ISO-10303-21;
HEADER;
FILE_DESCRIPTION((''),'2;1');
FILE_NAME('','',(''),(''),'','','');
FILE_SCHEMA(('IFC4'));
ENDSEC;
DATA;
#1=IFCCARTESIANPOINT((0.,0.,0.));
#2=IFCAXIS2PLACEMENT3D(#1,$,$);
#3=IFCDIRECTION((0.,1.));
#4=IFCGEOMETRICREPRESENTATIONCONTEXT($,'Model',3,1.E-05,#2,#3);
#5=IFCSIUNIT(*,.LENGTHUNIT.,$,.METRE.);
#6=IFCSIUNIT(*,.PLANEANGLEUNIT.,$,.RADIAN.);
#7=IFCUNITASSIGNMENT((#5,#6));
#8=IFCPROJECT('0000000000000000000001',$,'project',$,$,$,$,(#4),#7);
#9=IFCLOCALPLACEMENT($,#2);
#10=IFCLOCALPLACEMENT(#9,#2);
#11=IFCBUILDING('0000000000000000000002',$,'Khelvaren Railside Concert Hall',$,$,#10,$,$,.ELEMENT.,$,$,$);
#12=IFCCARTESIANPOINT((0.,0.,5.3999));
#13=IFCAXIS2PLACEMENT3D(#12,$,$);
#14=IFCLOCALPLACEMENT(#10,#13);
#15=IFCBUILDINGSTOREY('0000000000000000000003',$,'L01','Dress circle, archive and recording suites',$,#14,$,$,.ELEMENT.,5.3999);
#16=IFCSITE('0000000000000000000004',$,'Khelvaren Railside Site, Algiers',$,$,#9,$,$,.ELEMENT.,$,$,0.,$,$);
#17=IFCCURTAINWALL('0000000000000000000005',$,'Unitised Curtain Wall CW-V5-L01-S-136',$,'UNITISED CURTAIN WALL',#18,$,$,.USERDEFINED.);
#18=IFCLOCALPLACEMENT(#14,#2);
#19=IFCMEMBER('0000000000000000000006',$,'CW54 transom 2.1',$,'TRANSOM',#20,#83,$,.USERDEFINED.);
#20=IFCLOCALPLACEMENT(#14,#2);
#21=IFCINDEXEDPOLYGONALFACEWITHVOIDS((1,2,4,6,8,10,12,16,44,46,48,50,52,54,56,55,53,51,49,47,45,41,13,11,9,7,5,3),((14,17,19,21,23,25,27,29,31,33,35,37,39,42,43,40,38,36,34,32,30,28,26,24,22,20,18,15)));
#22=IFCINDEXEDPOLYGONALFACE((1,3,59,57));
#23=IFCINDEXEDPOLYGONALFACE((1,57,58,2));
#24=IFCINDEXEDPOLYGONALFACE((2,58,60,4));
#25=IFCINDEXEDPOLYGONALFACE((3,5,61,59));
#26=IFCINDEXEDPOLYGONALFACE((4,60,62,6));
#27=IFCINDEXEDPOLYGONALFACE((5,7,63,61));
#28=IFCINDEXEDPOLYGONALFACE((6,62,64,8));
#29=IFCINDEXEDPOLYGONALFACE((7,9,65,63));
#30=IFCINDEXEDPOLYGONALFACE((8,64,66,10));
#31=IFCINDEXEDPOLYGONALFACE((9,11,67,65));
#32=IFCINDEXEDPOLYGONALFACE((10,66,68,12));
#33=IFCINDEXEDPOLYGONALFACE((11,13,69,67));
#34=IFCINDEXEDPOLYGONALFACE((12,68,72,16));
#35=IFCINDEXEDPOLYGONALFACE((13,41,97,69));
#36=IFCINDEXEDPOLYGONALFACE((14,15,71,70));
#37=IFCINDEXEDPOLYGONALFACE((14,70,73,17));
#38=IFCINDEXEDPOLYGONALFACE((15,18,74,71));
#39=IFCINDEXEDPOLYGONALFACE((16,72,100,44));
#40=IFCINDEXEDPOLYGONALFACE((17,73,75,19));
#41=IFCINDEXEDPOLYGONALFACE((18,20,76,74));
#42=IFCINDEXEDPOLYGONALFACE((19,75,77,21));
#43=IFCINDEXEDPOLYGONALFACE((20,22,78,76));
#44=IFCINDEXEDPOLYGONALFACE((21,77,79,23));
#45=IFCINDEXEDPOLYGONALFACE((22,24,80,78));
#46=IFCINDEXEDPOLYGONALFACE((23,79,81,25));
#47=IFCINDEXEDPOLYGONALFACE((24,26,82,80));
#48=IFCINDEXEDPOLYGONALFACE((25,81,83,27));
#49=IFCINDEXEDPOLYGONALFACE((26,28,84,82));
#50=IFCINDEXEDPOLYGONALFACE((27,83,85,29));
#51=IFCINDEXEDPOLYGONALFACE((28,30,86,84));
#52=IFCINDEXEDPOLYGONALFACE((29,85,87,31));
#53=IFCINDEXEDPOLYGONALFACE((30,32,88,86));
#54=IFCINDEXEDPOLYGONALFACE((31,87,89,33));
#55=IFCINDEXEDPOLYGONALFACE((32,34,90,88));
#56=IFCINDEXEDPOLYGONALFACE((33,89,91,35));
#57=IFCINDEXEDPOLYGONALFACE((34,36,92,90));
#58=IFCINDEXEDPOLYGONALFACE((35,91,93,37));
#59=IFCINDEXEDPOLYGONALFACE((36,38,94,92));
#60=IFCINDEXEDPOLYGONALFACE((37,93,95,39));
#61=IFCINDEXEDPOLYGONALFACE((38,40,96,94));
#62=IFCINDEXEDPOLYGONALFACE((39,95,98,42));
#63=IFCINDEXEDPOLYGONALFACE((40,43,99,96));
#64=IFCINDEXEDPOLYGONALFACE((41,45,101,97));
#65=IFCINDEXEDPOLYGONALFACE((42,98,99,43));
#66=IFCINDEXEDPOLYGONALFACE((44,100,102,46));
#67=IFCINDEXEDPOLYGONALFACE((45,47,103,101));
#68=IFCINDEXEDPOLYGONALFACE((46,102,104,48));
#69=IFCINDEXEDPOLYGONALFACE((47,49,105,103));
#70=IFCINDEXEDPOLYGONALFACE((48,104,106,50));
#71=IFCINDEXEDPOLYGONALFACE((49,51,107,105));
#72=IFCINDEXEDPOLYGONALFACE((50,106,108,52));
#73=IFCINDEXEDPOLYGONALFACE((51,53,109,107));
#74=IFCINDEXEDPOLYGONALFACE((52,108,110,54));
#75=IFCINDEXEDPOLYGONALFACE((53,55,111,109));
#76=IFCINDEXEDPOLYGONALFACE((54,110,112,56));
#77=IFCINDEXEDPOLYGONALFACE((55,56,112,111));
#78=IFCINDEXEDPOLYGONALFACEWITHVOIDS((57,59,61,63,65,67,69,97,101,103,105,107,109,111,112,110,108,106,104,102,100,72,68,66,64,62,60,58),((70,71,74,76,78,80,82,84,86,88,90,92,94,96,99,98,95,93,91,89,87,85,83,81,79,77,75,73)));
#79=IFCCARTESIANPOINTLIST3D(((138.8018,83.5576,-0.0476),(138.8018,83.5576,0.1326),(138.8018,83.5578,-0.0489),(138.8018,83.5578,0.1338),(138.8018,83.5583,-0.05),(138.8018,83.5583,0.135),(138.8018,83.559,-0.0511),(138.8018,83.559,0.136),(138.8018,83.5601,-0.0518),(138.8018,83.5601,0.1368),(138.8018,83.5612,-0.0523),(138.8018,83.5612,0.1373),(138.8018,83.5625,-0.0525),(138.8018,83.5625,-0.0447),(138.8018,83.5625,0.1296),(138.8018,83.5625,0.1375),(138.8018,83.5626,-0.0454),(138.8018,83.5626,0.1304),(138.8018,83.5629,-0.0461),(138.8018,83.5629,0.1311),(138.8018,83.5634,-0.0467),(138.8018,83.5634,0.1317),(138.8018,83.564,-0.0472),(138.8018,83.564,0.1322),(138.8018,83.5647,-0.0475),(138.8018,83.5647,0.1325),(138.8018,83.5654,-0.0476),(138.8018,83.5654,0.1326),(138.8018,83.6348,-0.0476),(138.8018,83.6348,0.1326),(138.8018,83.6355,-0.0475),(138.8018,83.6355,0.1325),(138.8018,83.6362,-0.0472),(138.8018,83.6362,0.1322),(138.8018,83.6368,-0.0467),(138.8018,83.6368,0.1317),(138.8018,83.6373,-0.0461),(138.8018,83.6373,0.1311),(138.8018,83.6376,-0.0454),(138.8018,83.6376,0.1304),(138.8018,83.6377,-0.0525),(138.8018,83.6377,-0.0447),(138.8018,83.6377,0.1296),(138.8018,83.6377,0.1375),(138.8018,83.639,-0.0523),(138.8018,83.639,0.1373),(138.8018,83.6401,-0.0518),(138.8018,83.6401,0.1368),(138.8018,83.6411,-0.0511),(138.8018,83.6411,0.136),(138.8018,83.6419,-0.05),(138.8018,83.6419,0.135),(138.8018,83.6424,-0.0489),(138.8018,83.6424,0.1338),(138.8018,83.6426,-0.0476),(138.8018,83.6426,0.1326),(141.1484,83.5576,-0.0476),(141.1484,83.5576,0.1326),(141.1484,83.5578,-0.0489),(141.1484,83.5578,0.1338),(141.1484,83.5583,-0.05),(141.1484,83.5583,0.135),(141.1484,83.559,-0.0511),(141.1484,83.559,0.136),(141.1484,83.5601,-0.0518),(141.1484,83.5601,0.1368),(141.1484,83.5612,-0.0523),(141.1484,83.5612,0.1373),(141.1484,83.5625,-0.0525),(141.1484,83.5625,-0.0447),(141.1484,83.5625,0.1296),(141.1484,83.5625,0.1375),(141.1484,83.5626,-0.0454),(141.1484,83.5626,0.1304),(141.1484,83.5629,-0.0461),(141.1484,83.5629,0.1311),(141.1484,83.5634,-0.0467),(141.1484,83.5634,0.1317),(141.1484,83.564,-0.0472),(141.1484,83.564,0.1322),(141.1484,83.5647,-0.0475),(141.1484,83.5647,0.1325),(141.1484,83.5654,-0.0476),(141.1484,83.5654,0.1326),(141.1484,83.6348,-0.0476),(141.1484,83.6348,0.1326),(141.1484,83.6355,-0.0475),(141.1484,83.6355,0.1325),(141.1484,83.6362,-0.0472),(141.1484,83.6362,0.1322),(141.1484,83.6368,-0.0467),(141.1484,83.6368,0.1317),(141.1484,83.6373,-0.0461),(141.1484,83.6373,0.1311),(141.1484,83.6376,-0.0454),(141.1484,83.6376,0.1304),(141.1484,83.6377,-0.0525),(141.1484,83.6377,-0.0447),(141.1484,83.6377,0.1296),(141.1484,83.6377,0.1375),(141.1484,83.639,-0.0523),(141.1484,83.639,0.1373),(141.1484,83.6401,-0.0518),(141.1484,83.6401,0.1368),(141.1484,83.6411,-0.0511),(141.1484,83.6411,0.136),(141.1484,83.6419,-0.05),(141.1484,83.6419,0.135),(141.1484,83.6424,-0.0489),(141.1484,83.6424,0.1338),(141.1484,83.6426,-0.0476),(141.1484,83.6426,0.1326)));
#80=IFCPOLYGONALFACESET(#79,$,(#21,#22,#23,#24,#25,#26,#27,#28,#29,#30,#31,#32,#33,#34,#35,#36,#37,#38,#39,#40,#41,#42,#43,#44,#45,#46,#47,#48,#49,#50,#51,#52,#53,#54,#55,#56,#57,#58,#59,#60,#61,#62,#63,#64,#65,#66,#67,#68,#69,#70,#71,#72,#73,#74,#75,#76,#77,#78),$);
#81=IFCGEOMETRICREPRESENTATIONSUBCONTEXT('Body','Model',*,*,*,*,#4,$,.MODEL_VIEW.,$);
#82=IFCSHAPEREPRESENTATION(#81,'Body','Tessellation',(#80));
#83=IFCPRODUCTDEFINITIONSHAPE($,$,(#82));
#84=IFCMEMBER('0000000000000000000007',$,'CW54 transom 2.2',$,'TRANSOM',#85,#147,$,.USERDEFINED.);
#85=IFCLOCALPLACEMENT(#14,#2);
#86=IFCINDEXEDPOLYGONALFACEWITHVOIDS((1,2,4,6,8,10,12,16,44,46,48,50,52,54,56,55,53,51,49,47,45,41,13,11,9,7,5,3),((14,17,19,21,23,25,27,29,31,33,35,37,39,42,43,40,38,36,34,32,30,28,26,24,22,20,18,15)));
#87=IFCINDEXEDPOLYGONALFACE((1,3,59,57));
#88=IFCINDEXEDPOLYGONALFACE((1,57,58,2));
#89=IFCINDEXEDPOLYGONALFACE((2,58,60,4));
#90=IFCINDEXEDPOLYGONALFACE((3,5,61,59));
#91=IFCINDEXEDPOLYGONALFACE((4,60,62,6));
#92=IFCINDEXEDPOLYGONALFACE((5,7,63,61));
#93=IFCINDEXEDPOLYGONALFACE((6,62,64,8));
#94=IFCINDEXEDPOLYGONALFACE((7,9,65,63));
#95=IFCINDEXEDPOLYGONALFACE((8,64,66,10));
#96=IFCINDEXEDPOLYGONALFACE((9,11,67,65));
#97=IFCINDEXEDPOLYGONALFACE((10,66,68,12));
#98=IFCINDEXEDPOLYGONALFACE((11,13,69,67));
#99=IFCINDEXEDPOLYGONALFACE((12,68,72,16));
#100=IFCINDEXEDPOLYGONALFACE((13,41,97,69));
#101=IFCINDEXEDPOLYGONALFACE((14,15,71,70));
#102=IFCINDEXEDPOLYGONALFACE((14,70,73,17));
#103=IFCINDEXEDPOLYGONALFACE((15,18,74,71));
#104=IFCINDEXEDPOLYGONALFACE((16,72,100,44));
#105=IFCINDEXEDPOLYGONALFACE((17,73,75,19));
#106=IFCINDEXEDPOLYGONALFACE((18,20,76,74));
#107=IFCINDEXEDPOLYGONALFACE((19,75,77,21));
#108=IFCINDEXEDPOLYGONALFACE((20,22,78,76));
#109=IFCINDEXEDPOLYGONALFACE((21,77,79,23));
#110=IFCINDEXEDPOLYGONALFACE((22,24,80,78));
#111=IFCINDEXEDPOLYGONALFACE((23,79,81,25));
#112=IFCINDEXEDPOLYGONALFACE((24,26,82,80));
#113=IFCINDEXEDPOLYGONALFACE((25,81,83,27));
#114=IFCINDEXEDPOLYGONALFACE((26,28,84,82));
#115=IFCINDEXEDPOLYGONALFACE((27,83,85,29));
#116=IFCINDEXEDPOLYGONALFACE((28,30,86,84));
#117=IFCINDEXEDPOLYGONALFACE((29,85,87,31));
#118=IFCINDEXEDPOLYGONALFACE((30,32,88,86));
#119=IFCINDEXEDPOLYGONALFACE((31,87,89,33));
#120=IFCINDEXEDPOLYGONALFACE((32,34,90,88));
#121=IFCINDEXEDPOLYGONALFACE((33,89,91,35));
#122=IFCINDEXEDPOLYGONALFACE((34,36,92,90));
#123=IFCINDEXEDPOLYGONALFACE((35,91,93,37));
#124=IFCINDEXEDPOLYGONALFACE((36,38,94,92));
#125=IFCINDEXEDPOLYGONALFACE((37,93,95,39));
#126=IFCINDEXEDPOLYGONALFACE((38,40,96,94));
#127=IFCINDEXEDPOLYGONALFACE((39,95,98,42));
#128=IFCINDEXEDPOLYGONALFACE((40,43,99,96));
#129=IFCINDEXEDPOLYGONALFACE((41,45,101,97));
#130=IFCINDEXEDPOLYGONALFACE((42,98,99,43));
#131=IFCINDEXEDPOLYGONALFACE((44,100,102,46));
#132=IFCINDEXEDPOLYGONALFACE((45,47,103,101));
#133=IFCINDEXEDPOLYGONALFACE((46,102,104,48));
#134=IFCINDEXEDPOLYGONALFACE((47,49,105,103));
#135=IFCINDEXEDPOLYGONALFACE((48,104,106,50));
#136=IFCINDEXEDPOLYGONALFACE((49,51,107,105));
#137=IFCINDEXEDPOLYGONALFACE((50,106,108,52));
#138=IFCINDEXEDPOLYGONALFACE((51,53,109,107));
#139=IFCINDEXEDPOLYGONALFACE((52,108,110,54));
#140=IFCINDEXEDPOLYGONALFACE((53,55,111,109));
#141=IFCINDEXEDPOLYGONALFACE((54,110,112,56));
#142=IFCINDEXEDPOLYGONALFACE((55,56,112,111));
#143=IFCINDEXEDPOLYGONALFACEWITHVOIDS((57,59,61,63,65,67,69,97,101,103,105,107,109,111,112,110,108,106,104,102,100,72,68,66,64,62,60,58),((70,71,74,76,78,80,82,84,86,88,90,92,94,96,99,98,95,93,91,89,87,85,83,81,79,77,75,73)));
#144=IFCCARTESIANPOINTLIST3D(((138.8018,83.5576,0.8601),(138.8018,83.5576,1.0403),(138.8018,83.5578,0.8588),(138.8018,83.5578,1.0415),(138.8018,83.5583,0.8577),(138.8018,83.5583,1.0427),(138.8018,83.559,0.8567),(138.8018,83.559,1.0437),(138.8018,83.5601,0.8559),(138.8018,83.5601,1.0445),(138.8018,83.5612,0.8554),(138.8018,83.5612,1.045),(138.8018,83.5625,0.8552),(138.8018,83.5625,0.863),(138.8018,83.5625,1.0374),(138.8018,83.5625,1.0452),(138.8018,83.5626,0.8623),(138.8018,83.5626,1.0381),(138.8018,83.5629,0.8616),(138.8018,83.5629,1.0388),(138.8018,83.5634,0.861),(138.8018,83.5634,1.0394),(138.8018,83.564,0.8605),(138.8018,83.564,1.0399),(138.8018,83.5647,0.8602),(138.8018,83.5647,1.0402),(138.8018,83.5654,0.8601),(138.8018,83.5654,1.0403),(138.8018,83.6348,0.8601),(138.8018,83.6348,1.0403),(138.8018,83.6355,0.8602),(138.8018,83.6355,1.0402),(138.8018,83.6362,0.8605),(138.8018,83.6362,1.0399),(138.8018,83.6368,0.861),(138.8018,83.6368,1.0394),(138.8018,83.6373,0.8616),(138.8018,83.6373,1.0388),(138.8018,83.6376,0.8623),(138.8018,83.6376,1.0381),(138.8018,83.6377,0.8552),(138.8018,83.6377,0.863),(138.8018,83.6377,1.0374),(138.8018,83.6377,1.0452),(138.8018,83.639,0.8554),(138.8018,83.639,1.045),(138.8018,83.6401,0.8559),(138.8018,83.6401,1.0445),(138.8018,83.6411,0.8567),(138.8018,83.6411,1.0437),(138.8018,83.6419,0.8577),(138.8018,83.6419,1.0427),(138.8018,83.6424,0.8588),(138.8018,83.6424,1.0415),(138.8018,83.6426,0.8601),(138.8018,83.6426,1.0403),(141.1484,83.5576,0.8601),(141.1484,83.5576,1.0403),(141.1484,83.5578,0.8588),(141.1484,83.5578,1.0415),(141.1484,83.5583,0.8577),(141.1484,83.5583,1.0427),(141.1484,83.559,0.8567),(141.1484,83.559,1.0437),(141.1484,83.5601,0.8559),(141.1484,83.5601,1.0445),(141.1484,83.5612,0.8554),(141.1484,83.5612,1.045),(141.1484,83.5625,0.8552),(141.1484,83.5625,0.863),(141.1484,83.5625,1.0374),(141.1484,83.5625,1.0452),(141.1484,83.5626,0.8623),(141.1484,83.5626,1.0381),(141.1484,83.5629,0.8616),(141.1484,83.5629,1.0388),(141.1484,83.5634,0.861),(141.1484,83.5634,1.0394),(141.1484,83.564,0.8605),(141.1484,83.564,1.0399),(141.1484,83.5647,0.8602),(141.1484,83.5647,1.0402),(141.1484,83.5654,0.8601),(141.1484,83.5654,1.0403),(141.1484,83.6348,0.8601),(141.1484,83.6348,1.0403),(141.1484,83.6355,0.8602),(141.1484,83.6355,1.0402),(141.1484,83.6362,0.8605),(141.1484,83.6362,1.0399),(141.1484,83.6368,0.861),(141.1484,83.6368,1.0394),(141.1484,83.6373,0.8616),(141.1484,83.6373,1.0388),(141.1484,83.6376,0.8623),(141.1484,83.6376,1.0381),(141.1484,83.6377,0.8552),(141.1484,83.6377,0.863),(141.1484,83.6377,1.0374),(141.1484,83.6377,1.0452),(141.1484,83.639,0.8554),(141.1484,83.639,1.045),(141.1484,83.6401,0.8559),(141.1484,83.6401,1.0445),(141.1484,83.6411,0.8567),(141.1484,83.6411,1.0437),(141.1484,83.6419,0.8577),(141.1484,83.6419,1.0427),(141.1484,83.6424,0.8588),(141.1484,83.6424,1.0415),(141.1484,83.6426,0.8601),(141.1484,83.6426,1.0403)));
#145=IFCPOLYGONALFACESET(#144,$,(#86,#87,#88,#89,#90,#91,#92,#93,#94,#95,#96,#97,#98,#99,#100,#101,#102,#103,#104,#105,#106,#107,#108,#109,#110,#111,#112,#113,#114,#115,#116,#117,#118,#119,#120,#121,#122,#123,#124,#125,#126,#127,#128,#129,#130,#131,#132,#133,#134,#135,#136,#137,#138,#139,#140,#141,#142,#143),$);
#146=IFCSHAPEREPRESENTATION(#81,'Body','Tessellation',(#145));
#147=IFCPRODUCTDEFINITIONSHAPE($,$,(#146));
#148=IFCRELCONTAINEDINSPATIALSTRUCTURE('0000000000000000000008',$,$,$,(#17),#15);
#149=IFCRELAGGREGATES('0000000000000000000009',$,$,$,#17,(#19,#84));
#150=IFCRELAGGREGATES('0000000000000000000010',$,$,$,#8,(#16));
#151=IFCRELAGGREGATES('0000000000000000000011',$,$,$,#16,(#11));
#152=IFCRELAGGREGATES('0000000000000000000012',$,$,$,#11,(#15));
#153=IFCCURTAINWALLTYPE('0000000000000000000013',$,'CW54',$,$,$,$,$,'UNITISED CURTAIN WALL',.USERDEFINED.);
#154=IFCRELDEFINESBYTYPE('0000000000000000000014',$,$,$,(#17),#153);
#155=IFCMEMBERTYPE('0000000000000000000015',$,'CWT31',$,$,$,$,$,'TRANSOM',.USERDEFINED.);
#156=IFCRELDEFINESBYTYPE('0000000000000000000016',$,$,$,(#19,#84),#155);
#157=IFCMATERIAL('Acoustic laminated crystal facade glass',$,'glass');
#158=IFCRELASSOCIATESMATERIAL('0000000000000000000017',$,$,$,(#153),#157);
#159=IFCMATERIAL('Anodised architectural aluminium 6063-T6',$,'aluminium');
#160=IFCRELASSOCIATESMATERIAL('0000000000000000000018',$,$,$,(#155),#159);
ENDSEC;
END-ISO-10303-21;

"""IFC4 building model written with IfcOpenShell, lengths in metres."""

from ifc_helpers import new_model, si_unit, direction, frame, origin, origin_2d, place, context, subcontext, project, spatial, hollow_rectangle, extrude, material, material_profile, profile_set, type_object, element, aggregate, save


model = new_model("IFC4")

# Units and contexts
model_context = context("Model", 3, precision=1e-05, world=origin(), true_north=direction((0.0, 1.0)))
body_context = subcontext(model_context, "Body", "Model", "MODEL_VIEW")
ifc_project = project(units=[si_unit("LENGTHUNIT", "METRE"), si_unit("PLANEANGLEUNIT", "RADIAN")], contexts=[model_context])

# Site, building, storey
site_placement = place(None, origin())
site = spatial("IfcSite", under=ifc_project, at=site_placement, Name="Khelvaren Railside Site, Algiers", CompositionType="ELEMENT", RefElevation=0.0)
building_placement = place(site_placement, origin())
building = spatial("IfcBuilding", under=site, at=building_placement, Name="Khelvaren Railside Concert Hall", CompositionType="ELEMENT")
storey_placement = place(building_placement, frame((0.0, 0.0, 5.3999)))
storey = spatial("IfcBuildingStorey", under=building, at=storey_placement, Name="L01", Description="Dress circle, archive and recording suites", CompositionType="ELEMENT", Elevation=5.3999)

# Curtain wall, members
ifc_material_1 = material(Name="Acoustic laminated crystal facade glass", Category="glass")
curtain_wall_type = type_object("IfcCurtainWallType", Name="CW54", ElementType="UNITISED CURTAIN WALL", PredefinedType="USERDEFINED", material=ifc_material_1)
curtain_wall_placement = place(storey_placement, origin())
curtain_wall = element("IfcCurtainWall", 1, at=curtain_wall_placement, inside=storey, type_object=curtain_wall_type, Name="Unitised Curtain Wall CW-V5-L01-S-136", ObjectType="UNITISED CURTAIN WALL", PredefinedType="USERDEFINED")
ifc_material_2 = material(Name="Anodised architectural aluminium 6063-T6", Category="aluminium")
ifc_material_profile_1 = material_profile(ifc_material_2, hollow_rectangle(XDim=0.085, YDim=0.1899, WallThickness=0.0049, InnerFilletRadius=0.0029, OuterFilletRadius=0.0049, at=origin_2d()), Name="CWT 85x190x5")
ifc_profile_set_1 = profile_set([ifc_material_profile_1], Name="Anodised architectural aluminium 6063-T6")
member_type_1 = type_object("IfcMemberType", Name="CWT31", ElementType="TRANSOM", PredefinedType="USERDEFINED", material=ifc_profile_set_1)
member_1_placement = place(storey_placement, frame((141.1484, 83.6001, 0.0425), z_axis=(-1.0, 0.0, 0.0), x_axis=(0.0, -1.0, 0.0)))
member_1 = element("IfcMember", 2, at=member_1_placement, type_object=member_type_1, Name="CW54 transom 2.1", ObjectType="TRANSOM", PredefinedType="USERDEFINED", context=body_context, shape_type="SweptSolid", body=[
    extrude(hollow_rectangle(XDim=0.085, YDim=0.1899, WallThickness=0.0049, InnerFilletRadius=0.0029, OuterFilletRadius=0.0049, at=origin_2d()), origin(), (0.0, 0.0, 1.0), 2.3467),
])
member_2_placement = place(storey_placement, frame((141.1484, 83.6001, 0.9502), z_axis=(-1.0, 0.0, 0.0), x_axis=(0.0, -1.0, 0.0)))
member_2 = element("IfcMember", 3, at=member_2_placement, type_object=member_type_1, Name="CW54 transom 2.2", ObjectType="TRANSOM", PredefinedType="USERDEFINED", context=body_context, shape_type="SweptSolid", body=[
    extrude(hollow_rectangle(XDim=0.085, YDim=0.1899, WallThickness=0.0049, InnerFilletRadius=0.0029, OuterFilletRadius=0.0049, at=origin_2d()), origin(), (0.0, 0.0, 1.0), 2.3467),
])

aggregate(curtain_wall, [member_1, member_2])

save(model, "model.ifc")
